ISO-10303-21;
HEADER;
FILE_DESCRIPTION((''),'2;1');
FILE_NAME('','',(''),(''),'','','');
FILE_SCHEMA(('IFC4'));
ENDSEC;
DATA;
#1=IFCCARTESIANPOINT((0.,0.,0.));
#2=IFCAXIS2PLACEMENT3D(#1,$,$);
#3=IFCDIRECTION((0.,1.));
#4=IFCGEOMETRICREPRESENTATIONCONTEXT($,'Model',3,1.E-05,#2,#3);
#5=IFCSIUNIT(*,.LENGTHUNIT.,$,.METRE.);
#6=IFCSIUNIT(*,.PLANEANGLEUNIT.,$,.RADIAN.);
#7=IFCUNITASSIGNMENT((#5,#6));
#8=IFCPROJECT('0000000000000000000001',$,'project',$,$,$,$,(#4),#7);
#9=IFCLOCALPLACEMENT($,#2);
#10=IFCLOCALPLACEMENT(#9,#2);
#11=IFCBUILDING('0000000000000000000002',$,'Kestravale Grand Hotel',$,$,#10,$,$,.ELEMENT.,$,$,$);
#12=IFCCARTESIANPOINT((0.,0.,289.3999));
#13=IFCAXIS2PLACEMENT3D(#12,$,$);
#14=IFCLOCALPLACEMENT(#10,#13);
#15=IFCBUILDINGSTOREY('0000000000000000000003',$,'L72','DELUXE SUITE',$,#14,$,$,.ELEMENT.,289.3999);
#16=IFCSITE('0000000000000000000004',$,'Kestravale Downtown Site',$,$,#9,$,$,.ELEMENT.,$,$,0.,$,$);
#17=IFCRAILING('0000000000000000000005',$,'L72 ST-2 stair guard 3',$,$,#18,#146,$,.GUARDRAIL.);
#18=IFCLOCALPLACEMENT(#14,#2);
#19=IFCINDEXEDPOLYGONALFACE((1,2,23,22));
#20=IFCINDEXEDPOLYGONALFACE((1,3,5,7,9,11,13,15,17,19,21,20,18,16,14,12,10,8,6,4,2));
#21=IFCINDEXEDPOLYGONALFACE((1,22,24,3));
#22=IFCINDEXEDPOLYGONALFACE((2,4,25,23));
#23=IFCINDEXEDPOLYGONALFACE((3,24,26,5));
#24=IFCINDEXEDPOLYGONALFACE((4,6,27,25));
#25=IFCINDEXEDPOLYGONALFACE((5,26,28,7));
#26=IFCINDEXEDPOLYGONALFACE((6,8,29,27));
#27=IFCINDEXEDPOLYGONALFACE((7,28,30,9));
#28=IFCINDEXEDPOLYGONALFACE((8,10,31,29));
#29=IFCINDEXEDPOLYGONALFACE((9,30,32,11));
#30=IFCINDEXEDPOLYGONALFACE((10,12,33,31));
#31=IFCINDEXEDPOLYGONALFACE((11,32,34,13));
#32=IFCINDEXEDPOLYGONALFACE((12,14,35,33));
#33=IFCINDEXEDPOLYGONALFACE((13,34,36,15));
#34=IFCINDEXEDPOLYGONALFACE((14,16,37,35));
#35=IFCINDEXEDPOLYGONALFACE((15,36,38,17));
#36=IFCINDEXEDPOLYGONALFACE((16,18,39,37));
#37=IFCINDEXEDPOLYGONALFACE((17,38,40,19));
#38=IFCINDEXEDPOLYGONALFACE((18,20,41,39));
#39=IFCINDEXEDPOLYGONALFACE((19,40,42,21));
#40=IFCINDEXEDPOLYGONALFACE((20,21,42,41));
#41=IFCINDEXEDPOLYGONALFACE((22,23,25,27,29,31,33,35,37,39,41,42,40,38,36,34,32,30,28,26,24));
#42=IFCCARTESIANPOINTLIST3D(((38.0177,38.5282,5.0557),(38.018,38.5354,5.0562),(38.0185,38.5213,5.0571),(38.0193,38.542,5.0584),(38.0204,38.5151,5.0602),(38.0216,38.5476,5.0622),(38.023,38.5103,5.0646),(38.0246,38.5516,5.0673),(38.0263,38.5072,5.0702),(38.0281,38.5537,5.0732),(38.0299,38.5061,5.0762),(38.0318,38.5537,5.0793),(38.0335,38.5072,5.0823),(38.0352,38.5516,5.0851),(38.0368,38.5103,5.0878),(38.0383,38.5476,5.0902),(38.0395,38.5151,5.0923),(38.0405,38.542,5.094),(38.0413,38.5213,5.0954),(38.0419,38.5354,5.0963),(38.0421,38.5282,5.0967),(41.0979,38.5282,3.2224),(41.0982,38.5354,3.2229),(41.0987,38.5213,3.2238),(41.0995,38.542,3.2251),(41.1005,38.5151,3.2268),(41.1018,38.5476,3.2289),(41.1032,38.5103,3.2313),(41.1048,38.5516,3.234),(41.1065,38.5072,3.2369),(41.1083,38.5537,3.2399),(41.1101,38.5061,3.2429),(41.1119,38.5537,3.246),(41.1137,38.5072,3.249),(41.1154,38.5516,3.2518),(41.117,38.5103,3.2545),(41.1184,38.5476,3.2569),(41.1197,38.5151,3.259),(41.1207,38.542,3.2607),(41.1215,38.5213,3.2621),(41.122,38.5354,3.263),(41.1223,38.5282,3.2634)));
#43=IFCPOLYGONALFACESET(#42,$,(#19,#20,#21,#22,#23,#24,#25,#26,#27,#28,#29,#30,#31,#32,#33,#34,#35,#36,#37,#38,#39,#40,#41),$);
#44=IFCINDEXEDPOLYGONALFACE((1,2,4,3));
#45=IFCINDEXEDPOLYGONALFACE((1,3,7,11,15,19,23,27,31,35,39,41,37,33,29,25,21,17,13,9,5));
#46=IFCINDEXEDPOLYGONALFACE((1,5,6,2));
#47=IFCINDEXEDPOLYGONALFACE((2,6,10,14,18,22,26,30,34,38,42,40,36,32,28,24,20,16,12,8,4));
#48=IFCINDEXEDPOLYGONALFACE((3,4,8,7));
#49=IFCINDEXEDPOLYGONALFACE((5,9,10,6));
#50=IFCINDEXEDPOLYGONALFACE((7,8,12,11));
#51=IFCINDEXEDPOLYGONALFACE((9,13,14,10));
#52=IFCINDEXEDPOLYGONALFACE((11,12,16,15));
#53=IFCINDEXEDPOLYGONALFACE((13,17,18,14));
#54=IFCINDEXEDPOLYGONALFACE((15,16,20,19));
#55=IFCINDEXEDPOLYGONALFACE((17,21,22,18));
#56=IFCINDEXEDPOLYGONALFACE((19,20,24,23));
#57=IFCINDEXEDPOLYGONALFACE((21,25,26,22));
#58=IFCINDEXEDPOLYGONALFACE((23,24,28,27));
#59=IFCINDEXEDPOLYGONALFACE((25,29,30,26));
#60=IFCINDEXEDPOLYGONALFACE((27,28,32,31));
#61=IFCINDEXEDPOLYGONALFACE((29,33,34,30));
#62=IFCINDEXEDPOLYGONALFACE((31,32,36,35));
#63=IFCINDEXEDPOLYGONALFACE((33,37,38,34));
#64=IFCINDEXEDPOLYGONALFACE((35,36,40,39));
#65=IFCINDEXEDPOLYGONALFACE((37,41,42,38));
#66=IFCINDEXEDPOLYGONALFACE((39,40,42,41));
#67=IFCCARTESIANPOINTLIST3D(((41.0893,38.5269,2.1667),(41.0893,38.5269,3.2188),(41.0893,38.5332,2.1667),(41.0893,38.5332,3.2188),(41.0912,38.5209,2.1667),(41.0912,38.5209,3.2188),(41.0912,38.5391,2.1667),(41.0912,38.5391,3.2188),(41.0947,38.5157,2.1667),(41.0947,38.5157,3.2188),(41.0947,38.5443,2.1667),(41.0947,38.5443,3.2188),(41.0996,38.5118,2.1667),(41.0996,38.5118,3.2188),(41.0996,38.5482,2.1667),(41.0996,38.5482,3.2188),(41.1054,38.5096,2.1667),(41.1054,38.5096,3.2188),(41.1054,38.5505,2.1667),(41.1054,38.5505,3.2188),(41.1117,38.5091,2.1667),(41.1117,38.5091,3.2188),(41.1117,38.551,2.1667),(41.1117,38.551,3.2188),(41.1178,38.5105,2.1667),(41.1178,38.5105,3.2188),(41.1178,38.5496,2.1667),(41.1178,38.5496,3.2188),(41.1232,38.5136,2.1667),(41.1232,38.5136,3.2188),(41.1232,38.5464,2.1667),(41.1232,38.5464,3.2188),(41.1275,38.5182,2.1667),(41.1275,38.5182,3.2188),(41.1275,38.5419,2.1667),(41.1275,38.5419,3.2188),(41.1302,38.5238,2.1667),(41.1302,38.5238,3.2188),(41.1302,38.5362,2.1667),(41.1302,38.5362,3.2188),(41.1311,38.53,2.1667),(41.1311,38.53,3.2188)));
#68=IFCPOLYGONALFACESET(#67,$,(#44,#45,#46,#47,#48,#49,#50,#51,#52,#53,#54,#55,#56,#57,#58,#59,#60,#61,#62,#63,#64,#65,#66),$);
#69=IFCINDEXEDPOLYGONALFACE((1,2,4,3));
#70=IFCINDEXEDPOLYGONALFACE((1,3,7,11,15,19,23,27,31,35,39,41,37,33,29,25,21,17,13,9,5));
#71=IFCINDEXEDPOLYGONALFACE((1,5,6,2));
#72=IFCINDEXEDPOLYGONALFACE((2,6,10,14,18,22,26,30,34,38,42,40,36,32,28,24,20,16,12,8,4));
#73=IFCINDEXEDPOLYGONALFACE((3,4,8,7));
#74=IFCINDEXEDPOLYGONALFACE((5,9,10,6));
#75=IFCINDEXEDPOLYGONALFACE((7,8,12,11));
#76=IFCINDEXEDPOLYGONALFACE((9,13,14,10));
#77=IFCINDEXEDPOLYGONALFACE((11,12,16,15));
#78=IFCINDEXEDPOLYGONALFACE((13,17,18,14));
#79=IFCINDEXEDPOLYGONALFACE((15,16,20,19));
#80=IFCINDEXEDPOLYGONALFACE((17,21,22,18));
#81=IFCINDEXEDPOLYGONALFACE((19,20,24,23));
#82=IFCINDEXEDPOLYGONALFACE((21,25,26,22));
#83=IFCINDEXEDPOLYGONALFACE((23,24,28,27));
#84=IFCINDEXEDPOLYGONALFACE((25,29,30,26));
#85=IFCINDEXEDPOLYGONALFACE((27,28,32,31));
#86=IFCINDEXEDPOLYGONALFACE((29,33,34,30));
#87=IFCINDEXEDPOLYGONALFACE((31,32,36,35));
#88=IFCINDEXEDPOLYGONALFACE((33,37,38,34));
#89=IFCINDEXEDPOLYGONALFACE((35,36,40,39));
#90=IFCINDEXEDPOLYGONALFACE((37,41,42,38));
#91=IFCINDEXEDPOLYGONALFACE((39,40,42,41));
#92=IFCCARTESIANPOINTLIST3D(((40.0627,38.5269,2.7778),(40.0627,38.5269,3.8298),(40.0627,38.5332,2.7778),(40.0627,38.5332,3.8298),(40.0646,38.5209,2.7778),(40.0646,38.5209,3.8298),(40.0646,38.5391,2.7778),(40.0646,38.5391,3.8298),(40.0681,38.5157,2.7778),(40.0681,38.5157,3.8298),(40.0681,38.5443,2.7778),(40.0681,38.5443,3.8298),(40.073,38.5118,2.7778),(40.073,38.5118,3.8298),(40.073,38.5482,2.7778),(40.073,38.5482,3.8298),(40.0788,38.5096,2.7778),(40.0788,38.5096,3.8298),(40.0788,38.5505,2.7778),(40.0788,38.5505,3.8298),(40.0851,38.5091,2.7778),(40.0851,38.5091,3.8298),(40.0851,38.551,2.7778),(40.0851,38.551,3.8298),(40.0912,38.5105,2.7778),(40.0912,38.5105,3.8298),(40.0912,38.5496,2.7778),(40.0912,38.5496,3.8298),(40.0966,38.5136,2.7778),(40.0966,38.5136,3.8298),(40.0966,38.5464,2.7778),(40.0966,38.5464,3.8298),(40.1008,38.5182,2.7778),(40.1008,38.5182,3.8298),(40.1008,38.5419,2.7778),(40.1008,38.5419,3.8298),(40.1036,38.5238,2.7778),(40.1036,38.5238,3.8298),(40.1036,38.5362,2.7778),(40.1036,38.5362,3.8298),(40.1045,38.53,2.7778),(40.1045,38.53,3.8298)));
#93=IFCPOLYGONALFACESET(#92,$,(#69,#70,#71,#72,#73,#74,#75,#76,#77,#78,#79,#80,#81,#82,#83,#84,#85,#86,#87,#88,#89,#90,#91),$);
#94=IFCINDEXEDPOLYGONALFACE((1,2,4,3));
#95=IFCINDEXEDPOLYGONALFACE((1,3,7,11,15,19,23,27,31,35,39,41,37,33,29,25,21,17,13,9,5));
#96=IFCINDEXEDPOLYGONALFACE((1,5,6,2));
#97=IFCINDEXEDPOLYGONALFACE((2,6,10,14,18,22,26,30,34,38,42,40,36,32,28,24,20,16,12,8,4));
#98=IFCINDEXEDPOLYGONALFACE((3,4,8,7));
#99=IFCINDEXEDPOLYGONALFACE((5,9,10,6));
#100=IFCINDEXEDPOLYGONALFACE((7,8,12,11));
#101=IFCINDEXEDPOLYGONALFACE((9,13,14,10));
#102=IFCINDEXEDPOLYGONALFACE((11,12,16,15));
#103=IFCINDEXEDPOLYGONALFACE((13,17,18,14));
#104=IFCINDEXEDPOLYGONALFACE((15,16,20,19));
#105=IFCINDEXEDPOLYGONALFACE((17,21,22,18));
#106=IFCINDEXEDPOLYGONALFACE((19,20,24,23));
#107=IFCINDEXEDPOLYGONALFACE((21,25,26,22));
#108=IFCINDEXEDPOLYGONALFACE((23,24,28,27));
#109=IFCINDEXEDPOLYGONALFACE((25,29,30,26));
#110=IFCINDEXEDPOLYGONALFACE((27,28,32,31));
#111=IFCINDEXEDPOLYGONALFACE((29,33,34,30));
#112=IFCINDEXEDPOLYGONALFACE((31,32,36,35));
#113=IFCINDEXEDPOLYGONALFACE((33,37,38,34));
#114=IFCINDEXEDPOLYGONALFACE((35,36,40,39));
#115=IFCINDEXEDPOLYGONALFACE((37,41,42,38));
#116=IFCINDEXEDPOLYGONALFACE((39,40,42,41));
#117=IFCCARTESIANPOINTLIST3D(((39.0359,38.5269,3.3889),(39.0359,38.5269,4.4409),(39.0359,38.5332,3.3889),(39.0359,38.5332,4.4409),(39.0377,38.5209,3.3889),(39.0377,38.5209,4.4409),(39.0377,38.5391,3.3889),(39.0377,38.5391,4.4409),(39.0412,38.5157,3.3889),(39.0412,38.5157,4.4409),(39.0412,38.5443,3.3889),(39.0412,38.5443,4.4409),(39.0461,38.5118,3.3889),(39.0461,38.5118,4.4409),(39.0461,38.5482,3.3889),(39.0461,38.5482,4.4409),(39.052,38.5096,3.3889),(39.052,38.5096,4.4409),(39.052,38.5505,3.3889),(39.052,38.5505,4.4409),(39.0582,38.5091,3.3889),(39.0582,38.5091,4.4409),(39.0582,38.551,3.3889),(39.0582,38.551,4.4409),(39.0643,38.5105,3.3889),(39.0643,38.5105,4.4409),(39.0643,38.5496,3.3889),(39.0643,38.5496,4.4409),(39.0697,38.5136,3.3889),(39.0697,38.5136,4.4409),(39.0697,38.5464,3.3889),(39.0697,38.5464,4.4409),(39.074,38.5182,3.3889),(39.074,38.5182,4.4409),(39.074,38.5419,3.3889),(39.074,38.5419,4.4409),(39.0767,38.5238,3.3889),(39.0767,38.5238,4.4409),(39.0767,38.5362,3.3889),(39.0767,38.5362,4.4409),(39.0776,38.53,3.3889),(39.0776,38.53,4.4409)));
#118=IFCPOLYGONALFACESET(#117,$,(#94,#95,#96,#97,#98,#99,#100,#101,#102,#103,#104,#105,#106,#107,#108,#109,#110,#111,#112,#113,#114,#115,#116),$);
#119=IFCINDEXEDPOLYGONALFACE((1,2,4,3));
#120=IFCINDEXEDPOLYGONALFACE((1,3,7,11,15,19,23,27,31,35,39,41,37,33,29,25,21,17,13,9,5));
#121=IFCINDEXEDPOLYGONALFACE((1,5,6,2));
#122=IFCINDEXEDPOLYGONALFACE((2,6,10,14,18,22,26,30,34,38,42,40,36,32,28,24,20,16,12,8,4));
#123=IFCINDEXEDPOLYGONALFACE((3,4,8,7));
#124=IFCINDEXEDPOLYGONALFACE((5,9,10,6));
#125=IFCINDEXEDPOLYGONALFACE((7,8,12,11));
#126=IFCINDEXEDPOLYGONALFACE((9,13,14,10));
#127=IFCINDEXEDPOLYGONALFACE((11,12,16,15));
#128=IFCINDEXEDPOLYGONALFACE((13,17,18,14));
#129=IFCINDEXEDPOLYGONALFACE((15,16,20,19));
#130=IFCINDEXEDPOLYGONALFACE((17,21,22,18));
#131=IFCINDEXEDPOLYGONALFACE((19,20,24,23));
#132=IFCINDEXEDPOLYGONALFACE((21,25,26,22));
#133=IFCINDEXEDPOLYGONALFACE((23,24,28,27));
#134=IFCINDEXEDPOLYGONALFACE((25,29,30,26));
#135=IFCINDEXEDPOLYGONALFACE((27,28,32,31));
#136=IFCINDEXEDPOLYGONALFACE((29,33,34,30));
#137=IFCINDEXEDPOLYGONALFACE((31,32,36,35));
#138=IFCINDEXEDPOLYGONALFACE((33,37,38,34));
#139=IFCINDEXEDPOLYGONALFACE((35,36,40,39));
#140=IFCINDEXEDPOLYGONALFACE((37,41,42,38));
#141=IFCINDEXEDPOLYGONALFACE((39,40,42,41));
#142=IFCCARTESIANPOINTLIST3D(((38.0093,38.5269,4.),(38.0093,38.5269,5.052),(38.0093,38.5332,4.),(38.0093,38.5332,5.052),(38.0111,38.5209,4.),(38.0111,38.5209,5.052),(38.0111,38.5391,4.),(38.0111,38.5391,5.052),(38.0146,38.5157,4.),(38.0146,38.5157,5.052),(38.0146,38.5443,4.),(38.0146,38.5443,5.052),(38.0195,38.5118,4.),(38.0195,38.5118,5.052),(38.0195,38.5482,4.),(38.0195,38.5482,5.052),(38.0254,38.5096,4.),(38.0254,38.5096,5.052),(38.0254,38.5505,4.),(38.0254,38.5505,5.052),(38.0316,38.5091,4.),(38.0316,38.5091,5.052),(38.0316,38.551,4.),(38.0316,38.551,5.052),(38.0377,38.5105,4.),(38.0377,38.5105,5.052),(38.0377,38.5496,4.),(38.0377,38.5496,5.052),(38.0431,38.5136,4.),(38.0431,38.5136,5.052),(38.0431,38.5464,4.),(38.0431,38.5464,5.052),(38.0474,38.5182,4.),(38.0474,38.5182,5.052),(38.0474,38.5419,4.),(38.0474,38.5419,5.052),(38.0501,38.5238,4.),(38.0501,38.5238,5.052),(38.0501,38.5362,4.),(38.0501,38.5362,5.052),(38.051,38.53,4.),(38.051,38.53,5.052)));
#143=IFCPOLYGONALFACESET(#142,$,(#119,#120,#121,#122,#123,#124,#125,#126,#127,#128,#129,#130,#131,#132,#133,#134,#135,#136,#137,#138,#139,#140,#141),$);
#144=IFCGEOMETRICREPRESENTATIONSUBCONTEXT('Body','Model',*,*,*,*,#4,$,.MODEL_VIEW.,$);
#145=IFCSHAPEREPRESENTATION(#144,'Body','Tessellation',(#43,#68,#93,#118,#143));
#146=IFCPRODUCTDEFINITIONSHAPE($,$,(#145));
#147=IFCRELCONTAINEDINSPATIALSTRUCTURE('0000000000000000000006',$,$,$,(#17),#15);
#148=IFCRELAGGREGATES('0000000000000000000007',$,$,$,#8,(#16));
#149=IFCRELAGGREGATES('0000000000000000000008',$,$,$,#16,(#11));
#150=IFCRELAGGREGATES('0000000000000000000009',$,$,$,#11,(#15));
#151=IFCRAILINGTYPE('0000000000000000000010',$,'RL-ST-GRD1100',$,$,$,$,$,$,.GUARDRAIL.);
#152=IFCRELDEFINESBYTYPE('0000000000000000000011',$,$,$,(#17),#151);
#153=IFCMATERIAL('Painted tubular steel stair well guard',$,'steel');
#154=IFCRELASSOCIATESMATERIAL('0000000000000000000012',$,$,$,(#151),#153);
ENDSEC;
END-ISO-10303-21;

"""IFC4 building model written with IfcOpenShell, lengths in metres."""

from ifc_helpers import new_model, si_unit, direction, frame, origin, origin_2d, place, context, subcontext, project, spatial, circle, extrude, material, type_object, element, save


model = new_model("IFC4")

# Units and contexts
model_context = context("Model", 3, precision=1e-05, world=origin(), true_north=direction((0.0, 1.0)))
body_context = subcontext(model_context, "Body", "Model", "MODEL_VIEW")
ifc_project = project(units=[si_unit("LENGTHUNIT", "METRE"), si_unit("PLANEANGLEUNIT", "RADIAN")], contexts=[model_context])

# Site, building, storey
site_placement = place(None, origin())
site = spatial("IfcSite", under=ifc_project, at=site_placement, Name="Kestravale Downtown Site", CompositionType="ELEMENT", RefElevation=0.0)
building_placement = place(site_placement, origin())
building = spatial("IfcBuilding", under=site, at=building_placement, Name="Kestravale Grand Hotel", CompositionType="ELEMENT")
storey_placement = place(building_placement, frame((0.0, 0.0, 289.3999)))
storey = spatial("IfcBuildingStorey", under=building, at=storey_placement, Name="L72", Description="DELUXE SUITE", CompositionType="ELEMENT", Elevation=289.3999)

# Railing
ifc_material_1 = material(Name="Painted tubular steel stair well guard", Category="steel")
railing_type_1 = type_object("IfcRailingType", Name="RL-ST-GRD1100", PredefinedType="GUARDRAIL", material=ifc_material_1)
railing_1_placement = place(storey_placement, frame((41.1101, 38.53, 2.1667)))
element("IfcRailing", 1, at=railing_1_placement, inside=storey, type_object=railing_type_1, Name="L72 ST-2 stair guard 3", PredefinedType="GUARDRAIL", context=body_context, shape_type="SweptSolid", body=[
    extrude(circle(Radius=0.0239, at=origin_2d()), frame((0.0, 0.0, 1.0762), z_axis=(-0.859309, 0.0, 0.511458), x_axis=(0.0, -1.0, 0.0)), (0.0, 0.0, 1.0), 3.5845),
    extrude(circle(Radius=0.021, at=origin_2d()), origin(), (0.0, 0.0, 1.0), 1.052),
    extrude(circle(Radius=0.021, at=origin_2d()), frame((-1.0266, 0.0, 0.6111)), (0.0, 0.0, 1.0), 1.052),
    extrude(circle(Radius=0.021, at=origin_2d()), frame((-2.0535, 0.0, 1.2222)), (0.0, 0.0, 1.0), 1.052),
    extrude(circle(Radius=0.021, at=origin_2d()), frame((-3.0801, 0.0, 1.8333)), (0.0, 0.0, 1.0), 1.052),
])

save(model, "model.ifc")
